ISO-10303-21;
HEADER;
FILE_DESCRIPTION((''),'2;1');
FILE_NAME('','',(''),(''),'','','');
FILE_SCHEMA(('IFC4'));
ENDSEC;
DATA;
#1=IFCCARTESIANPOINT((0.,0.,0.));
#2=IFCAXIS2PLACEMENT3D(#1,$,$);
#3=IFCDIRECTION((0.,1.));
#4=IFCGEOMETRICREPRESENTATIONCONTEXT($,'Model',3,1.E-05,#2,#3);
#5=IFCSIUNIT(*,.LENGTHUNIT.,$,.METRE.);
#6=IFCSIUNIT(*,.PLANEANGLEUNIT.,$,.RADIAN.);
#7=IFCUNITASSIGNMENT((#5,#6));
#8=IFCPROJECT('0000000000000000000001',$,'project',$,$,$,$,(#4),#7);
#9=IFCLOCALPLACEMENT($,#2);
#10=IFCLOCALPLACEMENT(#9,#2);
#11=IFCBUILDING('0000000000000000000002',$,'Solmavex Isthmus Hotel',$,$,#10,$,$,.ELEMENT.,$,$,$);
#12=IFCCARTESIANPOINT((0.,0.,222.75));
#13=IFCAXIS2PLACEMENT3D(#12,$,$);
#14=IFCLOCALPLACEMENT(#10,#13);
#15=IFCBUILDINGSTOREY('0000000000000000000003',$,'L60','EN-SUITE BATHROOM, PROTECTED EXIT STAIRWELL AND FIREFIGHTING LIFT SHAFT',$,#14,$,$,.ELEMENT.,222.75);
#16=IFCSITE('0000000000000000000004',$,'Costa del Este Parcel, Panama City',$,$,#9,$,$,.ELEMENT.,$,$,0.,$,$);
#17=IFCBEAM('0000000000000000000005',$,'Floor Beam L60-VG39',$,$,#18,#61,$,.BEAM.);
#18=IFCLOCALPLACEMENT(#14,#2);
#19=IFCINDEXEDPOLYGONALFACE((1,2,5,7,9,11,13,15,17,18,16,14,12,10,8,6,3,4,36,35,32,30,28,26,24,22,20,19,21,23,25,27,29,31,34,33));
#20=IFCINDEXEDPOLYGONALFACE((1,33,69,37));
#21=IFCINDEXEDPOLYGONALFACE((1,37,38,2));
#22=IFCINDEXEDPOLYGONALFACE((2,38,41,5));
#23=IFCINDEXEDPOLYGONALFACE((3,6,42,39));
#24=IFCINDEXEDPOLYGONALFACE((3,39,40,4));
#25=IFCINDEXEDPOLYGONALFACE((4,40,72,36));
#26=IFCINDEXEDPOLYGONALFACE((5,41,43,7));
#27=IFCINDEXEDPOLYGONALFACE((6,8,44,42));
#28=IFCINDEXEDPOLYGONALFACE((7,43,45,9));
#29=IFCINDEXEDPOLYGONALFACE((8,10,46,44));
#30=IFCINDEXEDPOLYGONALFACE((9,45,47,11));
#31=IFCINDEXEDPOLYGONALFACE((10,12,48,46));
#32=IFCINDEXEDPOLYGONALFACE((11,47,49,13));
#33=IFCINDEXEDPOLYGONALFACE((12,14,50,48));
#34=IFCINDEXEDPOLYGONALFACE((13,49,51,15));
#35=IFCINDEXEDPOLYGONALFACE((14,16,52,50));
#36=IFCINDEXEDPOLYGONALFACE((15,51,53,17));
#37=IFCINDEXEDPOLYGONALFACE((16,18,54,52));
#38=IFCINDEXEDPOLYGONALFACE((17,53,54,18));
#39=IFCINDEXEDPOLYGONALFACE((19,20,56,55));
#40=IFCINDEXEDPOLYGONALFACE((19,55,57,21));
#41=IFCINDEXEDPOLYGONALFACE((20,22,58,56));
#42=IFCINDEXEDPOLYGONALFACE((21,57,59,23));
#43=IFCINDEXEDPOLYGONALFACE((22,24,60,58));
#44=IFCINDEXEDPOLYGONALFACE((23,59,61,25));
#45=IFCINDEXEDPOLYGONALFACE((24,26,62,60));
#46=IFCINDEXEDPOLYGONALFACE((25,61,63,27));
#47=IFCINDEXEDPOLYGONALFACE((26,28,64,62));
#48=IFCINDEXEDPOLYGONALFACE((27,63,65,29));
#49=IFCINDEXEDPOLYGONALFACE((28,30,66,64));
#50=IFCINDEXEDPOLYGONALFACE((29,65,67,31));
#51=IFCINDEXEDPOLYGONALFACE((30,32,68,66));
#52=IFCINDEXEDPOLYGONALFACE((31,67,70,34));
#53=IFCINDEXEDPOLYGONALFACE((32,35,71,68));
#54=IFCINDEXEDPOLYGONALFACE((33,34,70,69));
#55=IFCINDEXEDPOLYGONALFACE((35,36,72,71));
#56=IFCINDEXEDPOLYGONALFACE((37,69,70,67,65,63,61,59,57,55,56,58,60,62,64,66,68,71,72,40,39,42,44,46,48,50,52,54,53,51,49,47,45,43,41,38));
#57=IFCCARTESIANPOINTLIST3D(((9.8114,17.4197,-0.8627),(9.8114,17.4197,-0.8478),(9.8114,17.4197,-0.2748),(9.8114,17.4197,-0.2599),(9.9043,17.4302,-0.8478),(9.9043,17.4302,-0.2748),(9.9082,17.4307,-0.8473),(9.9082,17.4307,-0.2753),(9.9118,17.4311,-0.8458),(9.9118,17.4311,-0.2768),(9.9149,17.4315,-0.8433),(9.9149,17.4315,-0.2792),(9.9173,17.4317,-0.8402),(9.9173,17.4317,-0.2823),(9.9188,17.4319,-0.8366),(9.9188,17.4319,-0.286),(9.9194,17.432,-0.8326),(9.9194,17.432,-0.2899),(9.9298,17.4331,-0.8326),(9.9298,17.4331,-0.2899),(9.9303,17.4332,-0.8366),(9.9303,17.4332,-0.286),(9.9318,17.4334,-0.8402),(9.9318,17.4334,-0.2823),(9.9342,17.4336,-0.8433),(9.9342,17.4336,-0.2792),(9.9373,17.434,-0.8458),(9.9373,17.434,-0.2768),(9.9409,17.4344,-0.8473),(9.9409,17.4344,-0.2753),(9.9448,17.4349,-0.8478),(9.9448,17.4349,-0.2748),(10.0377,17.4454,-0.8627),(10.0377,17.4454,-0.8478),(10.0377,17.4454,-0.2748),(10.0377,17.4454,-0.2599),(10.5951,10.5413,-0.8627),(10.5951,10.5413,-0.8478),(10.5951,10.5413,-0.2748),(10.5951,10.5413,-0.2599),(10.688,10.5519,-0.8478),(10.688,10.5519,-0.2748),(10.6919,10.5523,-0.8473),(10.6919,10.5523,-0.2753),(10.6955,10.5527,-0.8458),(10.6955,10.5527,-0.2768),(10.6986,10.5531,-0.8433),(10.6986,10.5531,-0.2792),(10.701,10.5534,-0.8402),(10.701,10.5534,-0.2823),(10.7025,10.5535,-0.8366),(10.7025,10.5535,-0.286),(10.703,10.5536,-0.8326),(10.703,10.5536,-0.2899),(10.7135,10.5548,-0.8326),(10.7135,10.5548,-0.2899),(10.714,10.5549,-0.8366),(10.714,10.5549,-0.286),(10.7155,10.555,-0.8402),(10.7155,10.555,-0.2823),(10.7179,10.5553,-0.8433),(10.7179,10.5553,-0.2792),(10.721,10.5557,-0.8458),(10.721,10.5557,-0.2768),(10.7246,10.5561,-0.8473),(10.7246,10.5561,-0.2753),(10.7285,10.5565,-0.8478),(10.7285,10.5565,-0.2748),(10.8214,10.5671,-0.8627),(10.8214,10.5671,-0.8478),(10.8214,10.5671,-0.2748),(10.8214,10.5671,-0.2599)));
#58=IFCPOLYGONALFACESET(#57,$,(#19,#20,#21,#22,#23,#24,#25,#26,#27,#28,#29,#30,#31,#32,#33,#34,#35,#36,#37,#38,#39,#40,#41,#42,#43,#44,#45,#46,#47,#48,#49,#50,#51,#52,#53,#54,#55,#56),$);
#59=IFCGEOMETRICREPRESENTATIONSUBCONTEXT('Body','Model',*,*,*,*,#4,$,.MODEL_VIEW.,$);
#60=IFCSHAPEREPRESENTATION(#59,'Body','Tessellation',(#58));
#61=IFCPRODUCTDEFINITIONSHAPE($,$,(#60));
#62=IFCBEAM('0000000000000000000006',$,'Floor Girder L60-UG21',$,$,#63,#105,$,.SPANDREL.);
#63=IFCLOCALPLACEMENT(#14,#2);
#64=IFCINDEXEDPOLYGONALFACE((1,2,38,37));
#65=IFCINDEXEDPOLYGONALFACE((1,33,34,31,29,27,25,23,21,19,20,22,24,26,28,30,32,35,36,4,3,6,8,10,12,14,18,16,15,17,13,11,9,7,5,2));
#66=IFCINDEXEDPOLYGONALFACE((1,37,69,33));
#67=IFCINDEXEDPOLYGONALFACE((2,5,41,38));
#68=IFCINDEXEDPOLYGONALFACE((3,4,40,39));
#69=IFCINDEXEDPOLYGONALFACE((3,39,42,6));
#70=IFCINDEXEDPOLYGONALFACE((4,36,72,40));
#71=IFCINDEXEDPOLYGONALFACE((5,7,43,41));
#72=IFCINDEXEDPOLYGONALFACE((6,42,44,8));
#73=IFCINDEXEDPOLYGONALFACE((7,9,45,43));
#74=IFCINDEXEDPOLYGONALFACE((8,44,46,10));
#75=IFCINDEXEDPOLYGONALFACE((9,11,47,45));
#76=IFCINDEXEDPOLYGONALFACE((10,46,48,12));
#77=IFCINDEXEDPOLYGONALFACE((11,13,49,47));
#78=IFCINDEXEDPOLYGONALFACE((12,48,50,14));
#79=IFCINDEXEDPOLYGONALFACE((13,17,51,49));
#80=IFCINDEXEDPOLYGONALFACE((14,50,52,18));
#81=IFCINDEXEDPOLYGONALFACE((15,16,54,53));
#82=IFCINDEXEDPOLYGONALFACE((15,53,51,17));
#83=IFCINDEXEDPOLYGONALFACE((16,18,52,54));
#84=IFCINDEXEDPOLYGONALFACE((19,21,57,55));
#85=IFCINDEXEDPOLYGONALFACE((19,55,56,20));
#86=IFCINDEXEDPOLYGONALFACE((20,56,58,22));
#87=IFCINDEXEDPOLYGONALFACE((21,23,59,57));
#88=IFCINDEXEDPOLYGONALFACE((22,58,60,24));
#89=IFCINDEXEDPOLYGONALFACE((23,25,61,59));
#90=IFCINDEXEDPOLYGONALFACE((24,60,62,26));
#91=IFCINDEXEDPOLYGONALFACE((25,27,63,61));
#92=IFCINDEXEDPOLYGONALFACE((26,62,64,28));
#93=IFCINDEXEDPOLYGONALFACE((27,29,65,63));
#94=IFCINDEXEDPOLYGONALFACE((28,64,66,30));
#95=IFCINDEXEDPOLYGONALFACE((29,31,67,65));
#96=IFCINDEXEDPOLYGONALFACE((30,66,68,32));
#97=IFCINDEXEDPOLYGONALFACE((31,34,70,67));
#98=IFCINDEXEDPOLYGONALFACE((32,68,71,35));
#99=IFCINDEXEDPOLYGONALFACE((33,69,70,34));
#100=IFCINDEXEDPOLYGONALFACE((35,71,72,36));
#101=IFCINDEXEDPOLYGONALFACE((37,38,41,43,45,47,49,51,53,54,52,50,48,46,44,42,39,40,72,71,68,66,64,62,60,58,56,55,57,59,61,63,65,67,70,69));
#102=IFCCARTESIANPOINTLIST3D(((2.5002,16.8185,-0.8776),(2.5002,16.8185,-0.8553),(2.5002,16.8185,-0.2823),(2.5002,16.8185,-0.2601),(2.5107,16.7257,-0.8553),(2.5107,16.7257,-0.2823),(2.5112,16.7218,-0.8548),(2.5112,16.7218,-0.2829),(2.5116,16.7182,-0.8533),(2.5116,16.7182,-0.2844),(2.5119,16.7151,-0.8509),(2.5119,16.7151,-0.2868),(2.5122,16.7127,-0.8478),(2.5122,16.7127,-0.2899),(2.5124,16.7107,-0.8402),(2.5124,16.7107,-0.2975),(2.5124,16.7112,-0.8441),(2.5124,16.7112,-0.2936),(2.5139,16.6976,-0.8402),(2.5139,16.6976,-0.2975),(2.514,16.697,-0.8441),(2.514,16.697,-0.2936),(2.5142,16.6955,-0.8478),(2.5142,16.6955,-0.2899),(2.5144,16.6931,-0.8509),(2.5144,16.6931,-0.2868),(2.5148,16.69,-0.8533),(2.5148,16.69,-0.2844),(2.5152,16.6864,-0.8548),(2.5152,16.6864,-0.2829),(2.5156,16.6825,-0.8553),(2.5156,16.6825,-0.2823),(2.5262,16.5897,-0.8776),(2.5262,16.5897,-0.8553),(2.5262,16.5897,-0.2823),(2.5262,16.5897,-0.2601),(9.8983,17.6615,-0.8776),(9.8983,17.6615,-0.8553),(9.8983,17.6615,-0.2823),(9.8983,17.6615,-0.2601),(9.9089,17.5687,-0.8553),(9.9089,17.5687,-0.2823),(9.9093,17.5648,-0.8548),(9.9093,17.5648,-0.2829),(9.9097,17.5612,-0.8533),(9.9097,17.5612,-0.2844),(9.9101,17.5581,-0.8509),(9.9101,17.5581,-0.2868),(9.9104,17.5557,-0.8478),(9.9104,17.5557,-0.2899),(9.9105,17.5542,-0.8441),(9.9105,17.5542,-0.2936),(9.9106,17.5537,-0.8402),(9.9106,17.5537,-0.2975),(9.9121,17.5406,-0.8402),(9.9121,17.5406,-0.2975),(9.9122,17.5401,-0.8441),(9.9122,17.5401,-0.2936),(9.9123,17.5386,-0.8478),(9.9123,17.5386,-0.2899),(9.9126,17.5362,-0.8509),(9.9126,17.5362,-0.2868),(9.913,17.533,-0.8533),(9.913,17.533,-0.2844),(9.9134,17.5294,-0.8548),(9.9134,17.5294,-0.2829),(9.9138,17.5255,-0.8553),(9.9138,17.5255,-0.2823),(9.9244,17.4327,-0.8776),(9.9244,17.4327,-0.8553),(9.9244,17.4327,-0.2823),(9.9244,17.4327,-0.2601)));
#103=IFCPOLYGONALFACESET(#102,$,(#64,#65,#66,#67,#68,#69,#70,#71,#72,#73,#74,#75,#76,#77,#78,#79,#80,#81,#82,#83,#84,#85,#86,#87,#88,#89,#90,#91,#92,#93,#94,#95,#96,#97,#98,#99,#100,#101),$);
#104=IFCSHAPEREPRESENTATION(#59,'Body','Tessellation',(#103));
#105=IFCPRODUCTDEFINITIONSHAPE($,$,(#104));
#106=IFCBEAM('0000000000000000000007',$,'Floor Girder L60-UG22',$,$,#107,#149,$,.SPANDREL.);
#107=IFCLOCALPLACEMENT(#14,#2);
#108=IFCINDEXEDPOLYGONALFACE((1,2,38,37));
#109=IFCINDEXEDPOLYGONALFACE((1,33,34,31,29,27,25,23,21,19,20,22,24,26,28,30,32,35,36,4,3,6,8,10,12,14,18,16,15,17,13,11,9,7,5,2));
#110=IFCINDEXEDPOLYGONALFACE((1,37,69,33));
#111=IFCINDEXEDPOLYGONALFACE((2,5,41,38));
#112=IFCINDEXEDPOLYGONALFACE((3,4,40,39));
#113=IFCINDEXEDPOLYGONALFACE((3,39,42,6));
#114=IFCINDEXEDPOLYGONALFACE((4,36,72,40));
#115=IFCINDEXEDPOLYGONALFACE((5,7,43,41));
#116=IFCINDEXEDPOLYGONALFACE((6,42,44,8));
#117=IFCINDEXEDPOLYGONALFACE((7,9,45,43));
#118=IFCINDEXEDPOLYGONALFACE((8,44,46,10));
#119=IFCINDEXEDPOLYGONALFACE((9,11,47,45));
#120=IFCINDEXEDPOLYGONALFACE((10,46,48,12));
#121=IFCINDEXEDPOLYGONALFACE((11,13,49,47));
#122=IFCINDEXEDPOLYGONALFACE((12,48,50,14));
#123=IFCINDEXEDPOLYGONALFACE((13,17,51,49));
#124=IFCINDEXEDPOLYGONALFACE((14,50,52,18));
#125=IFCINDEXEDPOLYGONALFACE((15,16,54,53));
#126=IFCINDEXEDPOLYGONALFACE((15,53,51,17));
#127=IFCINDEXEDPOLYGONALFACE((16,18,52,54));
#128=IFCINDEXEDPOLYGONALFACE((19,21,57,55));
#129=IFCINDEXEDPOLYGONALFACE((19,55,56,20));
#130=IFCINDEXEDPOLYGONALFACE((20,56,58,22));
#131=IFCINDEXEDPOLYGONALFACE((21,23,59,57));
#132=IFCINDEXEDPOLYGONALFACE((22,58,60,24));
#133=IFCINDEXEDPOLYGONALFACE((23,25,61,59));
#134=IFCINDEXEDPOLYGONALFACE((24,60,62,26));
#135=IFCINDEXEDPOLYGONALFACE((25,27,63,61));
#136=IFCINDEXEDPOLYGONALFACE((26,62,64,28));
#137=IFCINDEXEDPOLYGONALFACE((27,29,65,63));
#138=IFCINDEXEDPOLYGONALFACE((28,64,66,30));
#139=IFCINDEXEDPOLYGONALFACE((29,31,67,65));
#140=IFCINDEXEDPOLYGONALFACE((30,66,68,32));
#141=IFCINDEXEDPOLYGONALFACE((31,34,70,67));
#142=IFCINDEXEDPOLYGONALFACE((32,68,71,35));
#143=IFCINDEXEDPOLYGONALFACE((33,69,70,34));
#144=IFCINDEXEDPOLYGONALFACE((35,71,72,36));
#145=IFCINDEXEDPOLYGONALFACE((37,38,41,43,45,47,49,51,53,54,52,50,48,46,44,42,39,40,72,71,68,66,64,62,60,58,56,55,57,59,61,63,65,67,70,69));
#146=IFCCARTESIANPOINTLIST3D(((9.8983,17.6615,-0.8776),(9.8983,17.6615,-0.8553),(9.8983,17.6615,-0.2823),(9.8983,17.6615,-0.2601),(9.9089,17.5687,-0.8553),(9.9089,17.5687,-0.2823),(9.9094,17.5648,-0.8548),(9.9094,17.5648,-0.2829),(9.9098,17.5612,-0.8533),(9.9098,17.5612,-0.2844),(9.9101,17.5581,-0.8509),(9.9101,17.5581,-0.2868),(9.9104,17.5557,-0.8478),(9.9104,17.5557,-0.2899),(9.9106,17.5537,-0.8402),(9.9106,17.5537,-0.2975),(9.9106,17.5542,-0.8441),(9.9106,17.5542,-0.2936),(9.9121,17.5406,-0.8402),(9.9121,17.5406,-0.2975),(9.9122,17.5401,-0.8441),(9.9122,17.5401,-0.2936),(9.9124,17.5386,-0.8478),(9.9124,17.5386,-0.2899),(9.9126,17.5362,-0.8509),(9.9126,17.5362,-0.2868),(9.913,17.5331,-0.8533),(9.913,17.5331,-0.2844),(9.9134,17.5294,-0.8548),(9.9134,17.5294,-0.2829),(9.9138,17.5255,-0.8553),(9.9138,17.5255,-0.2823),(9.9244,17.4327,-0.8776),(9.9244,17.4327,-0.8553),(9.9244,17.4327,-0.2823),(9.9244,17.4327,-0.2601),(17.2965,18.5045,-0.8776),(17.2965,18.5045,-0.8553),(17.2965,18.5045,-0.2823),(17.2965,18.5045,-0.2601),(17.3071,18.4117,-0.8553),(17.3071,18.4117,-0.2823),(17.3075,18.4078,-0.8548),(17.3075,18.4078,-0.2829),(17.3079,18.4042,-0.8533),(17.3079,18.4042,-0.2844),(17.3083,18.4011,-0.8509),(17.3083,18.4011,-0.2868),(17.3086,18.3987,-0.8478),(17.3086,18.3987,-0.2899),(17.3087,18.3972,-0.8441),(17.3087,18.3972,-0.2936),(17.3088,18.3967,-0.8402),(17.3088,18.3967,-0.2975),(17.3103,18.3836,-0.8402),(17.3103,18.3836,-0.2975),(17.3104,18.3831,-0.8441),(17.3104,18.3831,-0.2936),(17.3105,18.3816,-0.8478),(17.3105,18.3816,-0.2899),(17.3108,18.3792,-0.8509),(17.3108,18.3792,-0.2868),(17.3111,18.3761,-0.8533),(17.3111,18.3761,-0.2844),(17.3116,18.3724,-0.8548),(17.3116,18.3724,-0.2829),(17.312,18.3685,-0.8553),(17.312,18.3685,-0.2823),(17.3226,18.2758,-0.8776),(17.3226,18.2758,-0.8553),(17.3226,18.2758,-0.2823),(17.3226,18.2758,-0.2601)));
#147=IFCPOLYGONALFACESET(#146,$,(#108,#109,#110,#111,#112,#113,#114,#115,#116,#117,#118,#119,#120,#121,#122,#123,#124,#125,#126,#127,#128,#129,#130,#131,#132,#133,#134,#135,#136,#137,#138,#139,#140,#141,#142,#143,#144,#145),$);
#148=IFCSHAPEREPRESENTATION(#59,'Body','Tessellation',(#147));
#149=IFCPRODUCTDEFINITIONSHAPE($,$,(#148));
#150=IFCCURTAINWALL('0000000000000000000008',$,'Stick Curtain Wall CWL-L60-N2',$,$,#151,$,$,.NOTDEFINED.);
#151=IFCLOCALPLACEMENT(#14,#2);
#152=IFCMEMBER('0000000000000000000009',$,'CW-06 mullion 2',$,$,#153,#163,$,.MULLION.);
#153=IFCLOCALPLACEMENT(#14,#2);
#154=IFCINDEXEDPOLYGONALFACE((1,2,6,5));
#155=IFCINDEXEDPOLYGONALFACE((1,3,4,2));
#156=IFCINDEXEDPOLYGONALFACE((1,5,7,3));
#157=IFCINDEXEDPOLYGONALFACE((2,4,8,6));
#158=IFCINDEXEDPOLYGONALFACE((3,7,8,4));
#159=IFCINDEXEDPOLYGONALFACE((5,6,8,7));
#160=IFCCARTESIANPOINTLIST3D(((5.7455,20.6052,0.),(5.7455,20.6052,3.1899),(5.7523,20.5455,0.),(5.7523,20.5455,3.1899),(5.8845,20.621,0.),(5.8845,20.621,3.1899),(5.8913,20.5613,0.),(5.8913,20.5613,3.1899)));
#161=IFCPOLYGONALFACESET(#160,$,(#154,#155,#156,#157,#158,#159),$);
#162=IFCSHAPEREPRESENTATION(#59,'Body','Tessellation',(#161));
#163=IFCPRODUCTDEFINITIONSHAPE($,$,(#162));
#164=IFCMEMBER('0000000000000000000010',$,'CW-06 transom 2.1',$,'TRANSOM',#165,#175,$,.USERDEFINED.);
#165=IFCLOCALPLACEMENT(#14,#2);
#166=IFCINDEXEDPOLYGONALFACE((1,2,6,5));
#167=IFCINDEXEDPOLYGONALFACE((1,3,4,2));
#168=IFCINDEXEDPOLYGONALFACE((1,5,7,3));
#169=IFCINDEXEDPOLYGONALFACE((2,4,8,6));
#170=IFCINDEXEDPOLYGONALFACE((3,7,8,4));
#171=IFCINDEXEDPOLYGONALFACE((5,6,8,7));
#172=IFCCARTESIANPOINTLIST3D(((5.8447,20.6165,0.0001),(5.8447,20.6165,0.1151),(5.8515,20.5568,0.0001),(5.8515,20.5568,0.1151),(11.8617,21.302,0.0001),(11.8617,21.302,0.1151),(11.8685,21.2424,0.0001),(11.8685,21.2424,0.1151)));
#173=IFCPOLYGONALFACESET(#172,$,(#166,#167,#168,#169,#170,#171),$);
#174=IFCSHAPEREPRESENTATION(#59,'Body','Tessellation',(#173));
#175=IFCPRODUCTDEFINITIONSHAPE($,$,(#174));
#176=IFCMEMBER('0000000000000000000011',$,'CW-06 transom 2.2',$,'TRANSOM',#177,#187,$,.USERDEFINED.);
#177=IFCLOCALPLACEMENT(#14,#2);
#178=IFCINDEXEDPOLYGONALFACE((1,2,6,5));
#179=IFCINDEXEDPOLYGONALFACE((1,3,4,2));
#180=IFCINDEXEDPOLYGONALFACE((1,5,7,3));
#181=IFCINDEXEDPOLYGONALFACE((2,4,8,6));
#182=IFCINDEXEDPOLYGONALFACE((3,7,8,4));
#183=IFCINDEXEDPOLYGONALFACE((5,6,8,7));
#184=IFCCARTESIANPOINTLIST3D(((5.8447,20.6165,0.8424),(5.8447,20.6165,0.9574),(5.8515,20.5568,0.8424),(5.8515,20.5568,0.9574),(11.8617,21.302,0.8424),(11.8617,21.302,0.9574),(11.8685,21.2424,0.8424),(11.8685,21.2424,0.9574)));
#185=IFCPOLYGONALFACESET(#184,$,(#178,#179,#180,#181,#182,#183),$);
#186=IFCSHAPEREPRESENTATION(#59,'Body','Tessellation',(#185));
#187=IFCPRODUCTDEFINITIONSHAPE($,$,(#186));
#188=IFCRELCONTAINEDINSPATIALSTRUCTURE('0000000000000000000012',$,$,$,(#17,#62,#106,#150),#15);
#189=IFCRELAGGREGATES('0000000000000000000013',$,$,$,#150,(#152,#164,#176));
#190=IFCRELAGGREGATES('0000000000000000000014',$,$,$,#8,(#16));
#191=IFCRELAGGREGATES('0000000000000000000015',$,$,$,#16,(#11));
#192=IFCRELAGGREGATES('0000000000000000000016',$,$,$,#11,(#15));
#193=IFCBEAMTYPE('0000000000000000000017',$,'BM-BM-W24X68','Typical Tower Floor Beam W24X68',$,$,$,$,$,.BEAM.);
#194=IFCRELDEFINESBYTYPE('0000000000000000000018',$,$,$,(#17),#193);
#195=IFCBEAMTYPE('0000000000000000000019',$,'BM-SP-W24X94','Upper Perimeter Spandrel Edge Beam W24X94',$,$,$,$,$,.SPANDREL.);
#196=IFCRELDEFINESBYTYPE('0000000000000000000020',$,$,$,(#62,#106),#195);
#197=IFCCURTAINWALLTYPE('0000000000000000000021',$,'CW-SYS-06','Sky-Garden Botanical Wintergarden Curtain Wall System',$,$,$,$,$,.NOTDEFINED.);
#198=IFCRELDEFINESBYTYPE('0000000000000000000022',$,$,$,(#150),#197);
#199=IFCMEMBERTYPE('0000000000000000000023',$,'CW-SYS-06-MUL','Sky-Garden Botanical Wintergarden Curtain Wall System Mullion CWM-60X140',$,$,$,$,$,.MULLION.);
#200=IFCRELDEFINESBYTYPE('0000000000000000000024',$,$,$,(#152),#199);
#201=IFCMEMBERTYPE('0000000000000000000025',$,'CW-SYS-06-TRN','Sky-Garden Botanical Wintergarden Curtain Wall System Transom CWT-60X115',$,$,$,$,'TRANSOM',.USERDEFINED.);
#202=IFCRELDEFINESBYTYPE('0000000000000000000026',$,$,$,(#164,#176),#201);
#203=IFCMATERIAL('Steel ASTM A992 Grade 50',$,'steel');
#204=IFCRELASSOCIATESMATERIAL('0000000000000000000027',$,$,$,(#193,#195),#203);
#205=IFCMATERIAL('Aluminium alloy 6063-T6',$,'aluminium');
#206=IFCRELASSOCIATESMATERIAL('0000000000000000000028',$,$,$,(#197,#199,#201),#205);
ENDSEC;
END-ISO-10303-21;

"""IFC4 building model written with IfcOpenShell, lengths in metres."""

from ifc_helpers import new_model, si_unit, direction, frame, origin, origin_2d, place, context, subcontext, project, spatial, rectangle, i_section, extrude, material, material_profile, profile_set, type_object, element, aggregate, save


model = new_model("IFC4")

# Units and contexts
model_context = context("Model", 3, precision=1e-05, world=origin(), true_north=direction((0.0, 1.0)))
body_context = subcontext(model_context, "Body", "Model", "MODEL_VIEW")
ifc_project = project(units=[si_unit("LENGTHUNIT", "METRE"), si_unit("PLANEANGLEUNIT", "RADIAN")], contexts=[model_context])

# Site, building, storey
site_placement = place(None, origin())
site = spatial("IfcSite", under=ifc_project, at=site_placement, Name="Costa del Este Parcel, Panama City", CompositionType="ELEMENT", RefElevation=0.0)
building_placement = place(site_placement, origin())
building = spatial("IfcBuilding", under=site, at=building_placement, Name="Solmavex Isthmus Hotel", CompositionType="ELEMENT")
storey_placement = place(building_placement, frame((0.0, 0.0, 222.75)))
storey = spatial("IfcBuildingStorey", under=building, at=storey_placement, Name="L60", Description="EN-SUITE BATHROOM, PROTECTED EXIT STAIRWELL AND FIREFIGHTING LIFT SHAFT", CompositionType="ELEMENT", Elevation=222.75)

# Beams
ifc_material_1 = material(Name="Steel ASTM A992 Grade 50", Category="steel")
ifc_material_profile_1 = material_profile(ifc_material_1, i_section(OverallWidth=0.2278, OverallDepth=0.6028, WebThickness=0.0105, FlangeThickness=0.0149, FilletRadius=0.0151, at=origin_2d()), Name="W24X68")
ifc_profile_set_1 = profile_set([ifc_material_profile_1], Name="Steel ASTM A992 Grade 50")
beam_type_1 = type_object("IfcBeamType", Name="BM-BM-W24X68", Description="Typical Tower Floor Beam W24X68", PredefinedType="BEAM", material=ifc_profile_set_1)
for number, where, z_axis, x_axis, name in (
    (1, (10.7083, 10.5542, -0.5613), (-0.113202, 0.993572, 0.0), (-0.993572, -0.113202, 0.0), "Floor Beam L60-VG39"),
):
    element("IfcBeam", number, at=place(storey_placement, frame(where, z_axis=z_axis, x_axis=x_axis)), inside=storey, type_object=beam_type_1, Name=name, PredefinedType="BEAM", context=body_context, shape_type="SweptSolid", body=[
        extrude(i_section(OverallWidth=0.2278, OverallDepth=0.6028, WebThickness=0.0105, FlangeThickness=0.0149, FilletRadius=0.0151, at=origin_2d()), origin(), (0.0, 0.0, 1.0), 6.9229),
    ])
ifc_material_profile_2 = material_profile(ifc_material_1, i_section(OverallWidth=0.2302, OverallDepth=0.6174, WebThickness=0.0132, FlangeThickness=0.0222, FilletRadius=0.0151, at=origin_2d()), Name="W24X94")
ifc_profile_set_2 = profile_set([ifc_material_profile_2], Name="Steel ASTM A992 Grade 50")
beam_type_2 = type_object("IfcBeamType", Name="BM-SP-W24X94", Description="Upper Perimeter Spandrel Edge Beam W24X94", PredefinedType="SPANDREL", material=ifc_profile_set_2)
for number, where, z_axis, x_axis, name in (
    (2, (2.5132, 16.7041, -0.5688), (0.99357, 0.113216, 0.0), (-0.113216, 0.99357, 0.0), "Floor Girder L60-UG21"),
    (3, (9.9114, 17.5471, -0.5688), (0.99357, 0.113216, 0.0), (-0.113216, 0.99357, 0.0), "Floor Girder L60-UG22"),
):
    element("IfcBeam", number, at=place(storey_placement, frame(where, z_axis=z_axis, x_axis=x_axis)), inside=storey, type_object=beam_type_2, Name=name, PredefinedType="SPANDREL", context=body_context, shape_type="SweptSolid", body=[
        extrude(i_section(OverallWidth=0.2302, OverallDepth=0.6174, WebThickness=0.0132, FlangeThickness=0.0222, FilletRadius=0.0151, at=origin_2d()), origin(), (0.0, 0.0, 1.0), 7.446),
    ])

# Curtain wall, members
ifc_material_2 = material(Name="Aluminium alloy 6063-T6", Category="aluminium")
curtain_wall_type = type_object("IfcCurtainWallType", Name="CW-SYS-06", Description="Sky-Garden Botanical Wintergarden Curtain Wall System", PredefinedType="NOTDEFINED", material=ifc_material_2)
curtain_wall_placement = place(storey_placement, origin())
curtain_wall = element("IfcCurtainWall", 4, at=curtain_wall_placement, inside=storey, type_object=curtain_wall_type, Name="Stick Curtain Wall CWL-L60-N2", PredefinedType="NOTDEFINED")
ifc_material_profile_3 = material_profile(ifc_material_2, rectangle(XDim=0.0601, YDim=0.1399, at=origin_2d()), Name="CWM-60X140")
ifc_profile_set_3 = profile_set([ifc_material_profile_3], Name="Aluminium alloy 6063-T6")
member_type_1 = type_object("IfcMemberType", Name="CW-SYS-06-MUL", Description="Sky-Garden Botanical Wintergarden Curtain Wall System Mullion CWM-60X140", PredefinedType="MULLION", material=ifc_profile_set_3)
member_1_placement = place(storey_placement, frame((5.8184, 20.5833, 0.0), z_axis=(0.0, 0.0, 1.0), x_axis=(-0.113203, 0.993572, 0.0)))
member_1 = element("IfcMember", 5, at=member_1_placement, type_object=member_type_1, Name="CW-06 mullion 2", PredefinedType="MULLION", context=body_context, shape_type="SweptSolid", body=[
    extrude(rectangle(XDim=0.0601, YDim=0.1399, at=origin_2d()), origin(), (0.0, 0.0, 1.0), 3.1899),
])
ifc_material_profile_4 = material_profile(ifc_material_2, rectangle(XDim=0.0601, YDim=0.115, at=origin_2d()), Name="CWT-60X115")
ifc_profile_set_4 = profile_set([ifc_material_profile_4], Name="Aluminium alloy 6063-T6")
member_type_2 = type_object("IfcMemberType", Name="CW-SYS-06-TRN", Description="Sky-Garden Botanical Wintergarden Curtain Wall System Transom CWT-60X115", ElementType="TRANSOM", PredefinedType="USERDEFINED", material=ifc_profile_set_4)
member_2_placement = place(storey_placement, frame((5.8481, 20.5867, 0.0576), z_axis=(0.993572, 0.113201, 0.0), x_axis=(-0.113201, 0.993572, 0.0)))
member_2 = element("IfcMember", 6, at=member_2_placement, type_object=member_type_2, Name="CW-06 transom 2.1", ObjectType="TRANSOM", PredefinedType="USERDEFINED", context=body_context, shape_type="SweptSolid", body=[
    extrude(rectangle(XDim=0.0601, YDim=0.115, at=origin_2d()), origin(), (0.0, 0.0, 1.0), 6.0559),
])
member_3_placement = place(storey_placement, frame((5.8481, 20.5867, 0.8999), z_axis=(0.993572, 0.113201, 0.0), x_axis=(-0.113201, 0.993572, 0.0)))
member_3 = element("IfcMember", 7, at=member_3_placement, type_object=member_type_2, Name="CW-06 transom 2.2", ObjectType="TRANSOM", PredefinedType="USERDEFINED", context=body_context, shape_type="SweptSolid", body=[
    extrude(rectangle(XDim=0.0601, YDim=0.115, at=origin_2d()), origin(), (0.0, 0.0, 1.0), 6.0559),
])
aggregate(curtain_wall, [member_1, member_2, member_3])

save(model, "model.ifc")
